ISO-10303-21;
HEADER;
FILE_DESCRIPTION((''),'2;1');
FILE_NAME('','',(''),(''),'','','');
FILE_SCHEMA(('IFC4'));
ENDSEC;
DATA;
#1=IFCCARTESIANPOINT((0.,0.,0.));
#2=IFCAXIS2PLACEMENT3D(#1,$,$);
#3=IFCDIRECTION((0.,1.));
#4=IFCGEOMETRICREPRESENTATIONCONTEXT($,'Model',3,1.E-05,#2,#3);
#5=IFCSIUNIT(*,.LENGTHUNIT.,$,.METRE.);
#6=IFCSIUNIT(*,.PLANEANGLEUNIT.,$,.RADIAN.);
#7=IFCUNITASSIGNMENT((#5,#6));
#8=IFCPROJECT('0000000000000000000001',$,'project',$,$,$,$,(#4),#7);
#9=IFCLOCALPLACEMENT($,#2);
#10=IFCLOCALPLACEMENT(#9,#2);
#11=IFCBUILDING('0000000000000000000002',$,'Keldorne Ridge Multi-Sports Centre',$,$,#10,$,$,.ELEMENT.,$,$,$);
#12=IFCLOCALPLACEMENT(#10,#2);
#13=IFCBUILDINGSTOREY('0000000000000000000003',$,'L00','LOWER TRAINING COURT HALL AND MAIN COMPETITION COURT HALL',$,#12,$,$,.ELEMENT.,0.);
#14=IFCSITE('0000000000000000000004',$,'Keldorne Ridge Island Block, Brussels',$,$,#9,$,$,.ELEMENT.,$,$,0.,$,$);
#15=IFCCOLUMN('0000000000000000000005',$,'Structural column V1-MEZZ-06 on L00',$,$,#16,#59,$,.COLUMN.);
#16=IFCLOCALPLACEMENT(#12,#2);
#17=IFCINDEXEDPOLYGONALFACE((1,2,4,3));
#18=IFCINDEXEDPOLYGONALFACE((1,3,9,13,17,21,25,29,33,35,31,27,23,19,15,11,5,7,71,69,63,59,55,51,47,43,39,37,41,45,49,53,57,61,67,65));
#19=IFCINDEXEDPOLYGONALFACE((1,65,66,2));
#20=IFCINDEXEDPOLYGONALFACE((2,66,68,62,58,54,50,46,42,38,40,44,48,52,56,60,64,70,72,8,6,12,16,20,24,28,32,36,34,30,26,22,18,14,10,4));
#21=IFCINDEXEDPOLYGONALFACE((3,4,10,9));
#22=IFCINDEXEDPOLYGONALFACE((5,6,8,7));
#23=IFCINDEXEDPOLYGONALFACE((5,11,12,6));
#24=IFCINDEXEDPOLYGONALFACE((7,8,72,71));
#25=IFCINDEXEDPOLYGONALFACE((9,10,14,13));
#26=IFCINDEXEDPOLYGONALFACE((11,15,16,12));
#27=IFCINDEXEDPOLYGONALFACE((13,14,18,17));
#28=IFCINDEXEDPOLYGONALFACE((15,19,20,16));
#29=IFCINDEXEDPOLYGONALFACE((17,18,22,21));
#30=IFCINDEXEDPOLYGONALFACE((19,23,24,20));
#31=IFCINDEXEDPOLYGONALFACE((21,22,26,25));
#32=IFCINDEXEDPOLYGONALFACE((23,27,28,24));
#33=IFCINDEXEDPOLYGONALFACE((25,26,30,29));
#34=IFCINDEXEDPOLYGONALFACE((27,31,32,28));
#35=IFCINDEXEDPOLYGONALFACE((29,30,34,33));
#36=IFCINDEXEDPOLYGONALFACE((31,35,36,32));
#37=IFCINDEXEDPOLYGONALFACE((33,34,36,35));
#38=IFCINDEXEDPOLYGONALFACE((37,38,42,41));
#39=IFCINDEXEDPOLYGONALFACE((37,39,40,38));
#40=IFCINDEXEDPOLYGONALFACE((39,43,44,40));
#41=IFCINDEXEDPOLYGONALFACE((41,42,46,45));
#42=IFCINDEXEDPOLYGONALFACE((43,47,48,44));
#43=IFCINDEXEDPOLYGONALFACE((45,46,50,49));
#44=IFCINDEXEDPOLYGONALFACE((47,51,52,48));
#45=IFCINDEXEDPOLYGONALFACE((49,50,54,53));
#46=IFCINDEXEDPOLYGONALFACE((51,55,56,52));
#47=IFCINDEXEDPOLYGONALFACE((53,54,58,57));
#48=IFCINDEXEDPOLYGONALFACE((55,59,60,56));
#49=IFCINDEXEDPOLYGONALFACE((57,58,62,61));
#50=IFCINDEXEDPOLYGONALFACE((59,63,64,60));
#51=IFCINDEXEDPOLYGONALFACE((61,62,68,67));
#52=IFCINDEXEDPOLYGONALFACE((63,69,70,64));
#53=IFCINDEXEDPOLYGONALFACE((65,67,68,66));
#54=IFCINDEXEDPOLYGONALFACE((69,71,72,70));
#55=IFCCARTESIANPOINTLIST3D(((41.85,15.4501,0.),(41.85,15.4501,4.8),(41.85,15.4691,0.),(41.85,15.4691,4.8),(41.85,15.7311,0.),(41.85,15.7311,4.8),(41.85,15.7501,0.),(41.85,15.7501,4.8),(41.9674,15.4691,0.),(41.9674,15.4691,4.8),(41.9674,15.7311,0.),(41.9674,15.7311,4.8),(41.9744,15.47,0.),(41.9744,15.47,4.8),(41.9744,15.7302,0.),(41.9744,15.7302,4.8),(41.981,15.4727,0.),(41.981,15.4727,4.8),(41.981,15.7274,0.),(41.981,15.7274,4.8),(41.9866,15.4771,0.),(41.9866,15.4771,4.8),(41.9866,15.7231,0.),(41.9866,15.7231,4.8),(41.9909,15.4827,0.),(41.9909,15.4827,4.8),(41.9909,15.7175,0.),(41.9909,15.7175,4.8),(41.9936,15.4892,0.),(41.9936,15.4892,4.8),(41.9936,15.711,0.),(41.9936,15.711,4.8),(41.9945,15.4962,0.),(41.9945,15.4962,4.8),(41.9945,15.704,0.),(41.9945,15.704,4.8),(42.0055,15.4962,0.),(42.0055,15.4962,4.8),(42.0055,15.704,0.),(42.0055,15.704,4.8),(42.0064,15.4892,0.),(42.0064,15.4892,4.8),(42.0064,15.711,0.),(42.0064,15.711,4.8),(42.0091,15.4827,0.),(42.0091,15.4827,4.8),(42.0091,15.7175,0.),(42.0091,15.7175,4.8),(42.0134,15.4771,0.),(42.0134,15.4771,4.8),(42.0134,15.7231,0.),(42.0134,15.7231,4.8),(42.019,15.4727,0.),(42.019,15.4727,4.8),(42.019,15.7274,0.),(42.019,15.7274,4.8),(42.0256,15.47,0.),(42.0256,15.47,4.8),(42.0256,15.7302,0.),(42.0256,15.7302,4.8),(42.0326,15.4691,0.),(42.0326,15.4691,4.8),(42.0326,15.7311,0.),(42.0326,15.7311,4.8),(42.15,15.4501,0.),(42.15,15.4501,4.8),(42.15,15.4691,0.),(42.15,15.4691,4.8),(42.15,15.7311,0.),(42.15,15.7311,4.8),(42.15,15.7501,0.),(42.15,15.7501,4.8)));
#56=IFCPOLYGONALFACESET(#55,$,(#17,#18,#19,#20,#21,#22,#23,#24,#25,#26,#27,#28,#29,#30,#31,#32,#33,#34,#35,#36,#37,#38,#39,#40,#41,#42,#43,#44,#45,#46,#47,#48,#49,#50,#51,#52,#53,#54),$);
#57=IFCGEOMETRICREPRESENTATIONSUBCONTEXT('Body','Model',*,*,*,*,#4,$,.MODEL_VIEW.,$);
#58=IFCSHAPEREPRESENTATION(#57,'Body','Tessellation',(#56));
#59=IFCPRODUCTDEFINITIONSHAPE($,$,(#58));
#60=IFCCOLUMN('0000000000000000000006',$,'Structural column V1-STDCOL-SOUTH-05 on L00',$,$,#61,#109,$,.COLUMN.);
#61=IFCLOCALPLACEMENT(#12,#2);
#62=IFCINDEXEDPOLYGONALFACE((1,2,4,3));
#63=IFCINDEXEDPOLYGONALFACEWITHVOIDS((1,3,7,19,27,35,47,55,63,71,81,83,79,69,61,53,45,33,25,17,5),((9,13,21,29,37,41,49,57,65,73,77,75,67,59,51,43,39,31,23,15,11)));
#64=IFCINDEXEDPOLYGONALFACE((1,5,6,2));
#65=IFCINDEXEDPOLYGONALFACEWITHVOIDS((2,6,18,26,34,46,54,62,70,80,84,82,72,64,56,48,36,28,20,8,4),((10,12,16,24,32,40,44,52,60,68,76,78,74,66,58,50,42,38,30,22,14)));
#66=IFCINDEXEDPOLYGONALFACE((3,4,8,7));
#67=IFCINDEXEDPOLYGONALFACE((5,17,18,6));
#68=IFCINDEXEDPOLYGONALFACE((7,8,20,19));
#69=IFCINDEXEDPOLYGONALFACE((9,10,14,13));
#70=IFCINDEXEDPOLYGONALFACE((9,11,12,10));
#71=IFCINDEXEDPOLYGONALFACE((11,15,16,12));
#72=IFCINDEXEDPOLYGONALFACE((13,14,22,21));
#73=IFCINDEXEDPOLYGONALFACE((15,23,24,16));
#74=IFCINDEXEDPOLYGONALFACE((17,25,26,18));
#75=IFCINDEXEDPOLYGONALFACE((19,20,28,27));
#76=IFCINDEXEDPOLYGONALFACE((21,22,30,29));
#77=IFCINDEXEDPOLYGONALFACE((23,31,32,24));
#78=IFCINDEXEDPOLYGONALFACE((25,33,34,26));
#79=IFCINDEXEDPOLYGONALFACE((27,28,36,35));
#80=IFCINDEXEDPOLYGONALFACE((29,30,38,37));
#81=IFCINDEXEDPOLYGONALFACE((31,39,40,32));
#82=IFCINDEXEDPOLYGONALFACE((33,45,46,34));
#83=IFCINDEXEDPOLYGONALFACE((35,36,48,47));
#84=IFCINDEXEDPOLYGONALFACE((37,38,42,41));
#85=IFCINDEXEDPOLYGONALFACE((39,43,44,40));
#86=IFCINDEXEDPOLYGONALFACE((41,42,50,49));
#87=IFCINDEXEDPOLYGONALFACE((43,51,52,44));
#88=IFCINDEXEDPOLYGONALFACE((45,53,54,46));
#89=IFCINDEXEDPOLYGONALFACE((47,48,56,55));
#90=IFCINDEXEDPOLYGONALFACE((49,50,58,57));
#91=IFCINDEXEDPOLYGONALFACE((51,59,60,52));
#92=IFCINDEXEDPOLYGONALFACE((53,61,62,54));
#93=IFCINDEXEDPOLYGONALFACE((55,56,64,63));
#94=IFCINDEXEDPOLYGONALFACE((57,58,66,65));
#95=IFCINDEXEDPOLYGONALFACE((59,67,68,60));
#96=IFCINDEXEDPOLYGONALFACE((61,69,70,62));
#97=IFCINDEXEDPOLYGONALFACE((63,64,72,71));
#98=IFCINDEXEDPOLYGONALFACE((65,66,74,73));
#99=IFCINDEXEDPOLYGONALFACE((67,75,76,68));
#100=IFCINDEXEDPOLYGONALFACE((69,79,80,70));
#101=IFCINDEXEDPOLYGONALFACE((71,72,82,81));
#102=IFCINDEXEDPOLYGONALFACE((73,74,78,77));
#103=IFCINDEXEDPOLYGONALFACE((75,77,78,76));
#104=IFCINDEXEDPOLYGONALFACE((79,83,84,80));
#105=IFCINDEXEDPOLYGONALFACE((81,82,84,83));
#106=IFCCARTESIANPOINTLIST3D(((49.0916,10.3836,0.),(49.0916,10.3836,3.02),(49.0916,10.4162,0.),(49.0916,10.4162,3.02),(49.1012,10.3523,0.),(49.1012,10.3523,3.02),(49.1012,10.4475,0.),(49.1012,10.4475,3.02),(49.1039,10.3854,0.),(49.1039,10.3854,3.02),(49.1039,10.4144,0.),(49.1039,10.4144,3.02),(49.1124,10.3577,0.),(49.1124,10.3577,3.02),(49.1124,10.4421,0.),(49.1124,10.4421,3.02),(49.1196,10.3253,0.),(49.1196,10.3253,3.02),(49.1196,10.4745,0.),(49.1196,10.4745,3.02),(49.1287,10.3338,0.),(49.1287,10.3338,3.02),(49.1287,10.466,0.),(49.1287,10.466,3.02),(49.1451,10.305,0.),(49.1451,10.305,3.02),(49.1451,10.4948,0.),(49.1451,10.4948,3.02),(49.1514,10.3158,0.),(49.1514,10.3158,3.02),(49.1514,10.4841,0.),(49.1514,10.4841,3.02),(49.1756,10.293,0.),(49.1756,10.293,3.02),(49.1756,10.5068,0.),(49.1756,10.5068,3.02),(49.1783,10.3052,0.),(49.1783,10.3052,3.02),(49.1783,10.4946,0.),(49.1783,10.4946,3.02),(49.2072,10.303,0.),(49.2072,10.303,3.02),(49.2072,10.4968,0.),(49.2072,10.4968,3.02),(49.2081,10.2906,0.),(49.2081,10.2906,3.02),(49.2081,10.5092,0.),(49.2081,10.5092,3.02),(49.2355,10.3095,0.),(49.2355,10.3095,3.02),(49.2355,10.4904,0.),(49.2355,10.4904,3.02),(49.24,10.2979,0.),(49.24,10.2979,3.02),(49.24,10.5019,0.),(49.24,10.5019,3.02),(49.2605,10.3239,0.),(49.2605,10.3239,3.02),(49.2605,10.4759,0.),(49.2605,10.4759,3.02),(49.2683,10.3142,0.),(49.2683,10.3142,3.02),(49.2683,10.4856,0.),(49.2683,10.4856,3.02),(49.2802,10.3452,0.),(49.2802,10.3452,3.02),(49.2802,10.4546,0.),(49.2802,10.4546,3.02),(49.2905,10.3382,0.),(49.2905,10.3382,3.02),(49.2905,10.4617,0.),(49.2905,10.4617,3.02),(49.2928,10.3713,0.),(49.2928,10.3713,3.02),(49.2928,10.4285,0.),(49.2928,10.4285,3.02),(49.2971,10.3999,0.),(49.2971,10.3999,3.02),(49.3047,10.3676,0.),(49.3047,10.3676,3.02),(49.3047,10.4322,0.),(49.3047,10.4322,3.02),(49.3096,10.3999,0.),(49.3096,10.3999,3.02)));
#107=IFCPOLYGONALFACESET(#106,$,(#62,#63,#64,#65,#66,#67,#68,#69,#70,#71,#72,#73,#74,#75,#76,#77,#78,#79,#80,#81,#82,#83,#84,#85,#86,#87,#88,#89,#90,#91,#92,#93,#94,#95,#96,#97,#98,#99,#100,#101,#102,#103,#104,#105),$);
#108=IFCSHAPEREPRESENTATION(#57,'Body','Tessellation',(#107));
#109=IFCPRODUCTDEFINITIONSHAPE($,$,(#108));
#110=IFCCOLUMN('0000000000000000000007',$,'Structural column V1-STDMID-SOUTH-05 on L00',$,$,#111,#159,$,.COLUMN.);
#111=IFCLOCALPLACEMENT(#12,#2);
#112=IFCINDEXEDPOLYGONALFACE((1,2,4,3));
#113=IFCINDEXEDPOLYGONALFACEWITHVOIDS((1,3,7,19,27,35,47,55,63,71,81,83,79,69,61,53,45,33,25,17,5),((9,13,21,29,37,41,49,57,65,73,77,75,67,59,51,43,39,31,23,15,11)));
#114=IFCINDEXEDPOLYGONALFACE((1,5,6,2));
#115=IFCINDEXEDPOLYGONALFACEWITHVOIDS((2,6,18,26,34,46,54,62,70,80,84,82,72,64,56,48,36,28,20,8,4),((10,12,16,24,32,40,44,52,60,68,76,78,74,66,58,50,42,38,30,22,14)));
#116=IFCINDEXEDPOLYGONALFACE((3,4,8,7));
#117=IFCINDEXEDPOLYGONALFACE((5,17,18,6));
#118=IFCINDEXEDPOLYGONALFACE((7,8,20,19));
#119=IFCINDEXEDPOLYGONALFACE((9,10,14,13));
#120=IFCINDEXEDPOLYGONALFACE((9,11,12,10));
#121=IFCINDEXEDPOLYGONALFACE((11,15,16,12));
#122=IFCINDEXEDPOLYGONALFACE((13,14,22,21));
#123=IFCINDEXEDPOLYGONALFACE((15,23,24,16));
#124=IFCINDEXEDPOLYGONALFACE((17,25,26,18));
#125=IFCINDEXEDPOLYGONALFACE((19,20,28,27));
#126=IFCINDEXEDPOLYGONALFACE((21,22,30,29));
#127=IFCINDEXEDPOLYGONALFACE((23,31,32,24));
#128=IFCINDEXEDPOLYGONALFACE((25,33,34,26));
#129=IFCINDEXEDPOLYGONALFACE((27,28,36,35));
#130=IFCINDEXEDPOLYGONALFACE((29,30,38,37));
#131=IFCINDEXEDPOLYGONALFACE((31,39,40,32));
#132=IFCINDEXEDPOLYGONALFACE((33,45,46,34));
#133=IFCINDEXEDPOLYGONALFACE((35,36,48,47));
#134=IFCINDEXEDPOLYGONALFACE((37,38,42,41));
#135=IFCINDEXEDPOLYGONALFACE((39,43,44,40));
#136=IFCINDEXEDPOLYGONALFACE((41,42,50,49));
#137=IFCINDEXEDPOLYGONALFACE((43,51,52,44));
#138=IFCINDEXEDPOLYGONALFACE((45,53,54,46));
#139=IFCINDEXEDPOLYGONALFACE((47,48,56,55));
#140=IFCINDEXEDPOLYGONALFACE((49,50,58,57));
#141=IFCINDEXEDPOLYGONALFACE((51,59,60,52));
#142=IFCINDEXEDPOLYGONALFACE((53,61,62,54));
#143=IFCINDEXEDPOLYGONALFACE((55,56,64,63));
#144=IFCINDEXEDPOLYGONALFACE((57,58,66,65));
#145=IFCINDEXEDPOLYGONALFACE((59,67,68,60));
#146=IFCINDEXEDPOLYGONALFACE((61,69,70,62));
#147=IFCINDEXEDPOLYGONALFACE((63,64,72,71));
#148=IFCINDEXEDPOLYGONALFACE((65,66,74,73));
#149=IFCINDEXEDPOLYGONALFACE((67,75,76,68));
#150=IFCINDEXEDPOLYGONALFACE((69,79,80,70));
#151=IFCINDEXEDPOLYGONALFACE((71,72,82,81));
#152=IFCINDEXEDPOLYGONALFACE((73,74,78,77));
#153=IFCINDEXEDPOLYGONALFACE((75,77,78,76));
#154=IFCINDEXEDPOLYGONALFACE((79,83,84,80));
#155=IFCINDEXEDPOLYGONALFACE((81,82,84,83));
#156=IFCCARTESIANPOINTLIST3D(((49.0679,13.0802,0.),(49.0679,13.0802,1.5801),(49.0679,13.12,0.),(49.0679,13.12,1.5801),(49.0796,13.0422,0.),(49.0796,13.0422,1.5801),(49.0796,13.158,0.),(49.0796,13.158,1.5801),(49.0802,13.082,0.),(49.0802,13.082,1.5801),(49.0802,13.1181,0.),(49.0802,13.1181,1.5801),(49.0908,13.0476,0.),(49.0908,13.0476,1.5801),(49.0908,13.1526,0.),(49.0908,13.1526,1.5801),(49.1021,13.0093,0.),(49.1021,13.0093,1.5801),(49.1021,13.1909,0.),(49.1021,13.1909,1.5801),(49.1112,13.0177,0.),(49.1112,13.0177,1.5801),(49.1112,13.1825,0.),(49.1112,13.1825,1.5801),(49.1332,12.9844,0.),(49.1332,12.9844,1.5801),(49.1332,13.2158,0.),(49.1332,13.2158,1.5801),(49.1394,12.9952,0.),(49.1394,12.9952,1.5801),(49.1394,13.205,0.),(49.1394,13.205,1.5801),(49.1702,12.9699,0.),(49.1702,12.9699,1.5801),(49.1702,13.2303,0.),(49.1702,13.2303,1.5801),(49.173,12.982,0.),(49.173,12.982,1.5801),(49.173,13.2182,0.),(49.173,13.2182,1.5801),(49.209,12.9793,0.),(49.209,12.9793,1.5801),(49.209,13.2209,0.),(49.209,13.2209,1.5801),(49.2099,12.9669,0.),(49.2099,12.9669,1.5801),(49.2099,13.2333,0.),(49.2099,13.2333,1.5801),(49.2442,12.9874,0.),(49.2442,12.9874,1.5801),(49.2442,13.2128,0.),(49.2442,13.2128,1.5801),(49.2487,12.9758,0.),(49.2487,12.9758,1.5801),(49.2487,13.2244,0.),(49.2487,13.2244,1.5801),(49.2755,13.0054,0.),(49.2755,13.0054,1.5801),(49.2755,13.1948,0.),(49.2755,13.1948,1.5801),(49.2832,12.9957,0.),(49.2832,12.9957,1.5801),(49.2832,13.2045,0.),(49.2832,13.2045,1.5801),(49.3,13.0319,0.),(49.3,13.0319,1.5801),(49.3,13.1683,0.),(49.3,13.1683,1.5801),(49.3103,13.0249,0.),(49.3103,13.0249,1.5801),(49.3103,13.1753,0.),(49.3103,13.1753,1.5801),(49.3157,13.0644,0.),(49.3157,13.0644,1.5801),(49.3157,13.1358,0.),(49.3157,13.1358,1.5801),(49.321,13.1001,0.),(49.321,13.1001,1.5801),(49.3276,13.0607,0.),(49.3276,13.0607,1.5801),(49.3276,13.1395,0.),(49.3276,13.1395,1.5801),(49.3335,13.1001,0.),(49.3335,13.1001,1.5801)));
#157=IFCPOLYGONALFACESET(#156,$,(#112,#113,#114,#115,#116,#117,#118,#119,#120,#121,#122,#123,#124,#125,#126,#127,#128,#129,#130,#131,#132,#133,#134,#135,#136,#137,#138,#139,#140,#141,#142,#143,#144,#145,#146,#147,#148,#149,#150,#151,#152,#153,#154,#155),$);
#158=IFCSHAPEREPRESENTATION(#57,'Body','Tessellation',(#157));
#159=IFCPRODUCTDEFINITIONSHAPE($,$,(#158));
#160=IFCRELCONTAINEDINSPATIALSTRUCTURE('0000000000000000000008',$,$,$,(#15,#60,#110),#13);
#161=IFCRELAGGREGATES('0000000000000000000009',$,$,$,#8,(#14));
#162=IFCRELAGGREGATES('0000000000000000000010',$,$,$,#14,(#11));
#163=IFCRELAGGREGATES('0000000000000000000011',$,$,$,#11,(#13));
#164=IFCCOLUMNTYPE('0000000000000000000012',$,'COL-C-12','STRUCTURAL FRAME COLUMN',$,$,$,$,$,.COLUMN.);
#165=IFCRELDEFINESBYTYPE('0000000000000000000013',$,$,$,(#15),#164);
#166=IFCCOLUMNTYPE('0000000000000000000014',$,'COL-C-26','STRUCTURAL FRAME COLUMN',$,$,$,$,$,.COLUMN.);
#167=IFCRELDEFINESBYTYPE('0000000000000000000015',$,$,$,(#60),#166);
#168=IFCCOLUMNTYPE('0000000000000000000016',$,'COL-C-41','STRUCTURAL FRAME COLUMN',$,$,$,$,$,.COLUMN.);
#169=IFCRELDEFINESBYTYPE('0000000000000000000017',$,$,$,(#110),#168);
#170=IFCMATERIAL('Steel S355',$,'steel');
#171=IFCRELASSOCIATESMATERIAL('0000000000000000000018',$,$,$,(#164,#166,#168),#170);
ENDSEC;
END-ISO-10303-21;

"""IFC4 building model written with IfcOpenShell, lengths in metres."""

from ifc_helpers import new_model, si_unit, direction, frame, origin, origin_2d, place, context, subcontext, project, spatial, hollow_circle, i_section, extrude, material, material_profile, profile_set, type_object, element, save


model = new_model("IFC4")

# Units and contexts
model_context = context("Model", 3, precision=1e-05, world=origin(), true_north=direction((0.0, 1.0)))
body_context = subcontext(model_context, "Body", "Model", "MODEL_VIEW")
ifc_project = project(units=[si_unit("LENGTHUNIT", "METRE"), si_unit("PLANEANGLEUNIT", "RADIAN")], contexts=[model_context])

# Site, building, storey
site_placement = place(None, origin())
site = spatial("IfcSite", under=ifc_project, at=site_placement, Name="Keldorne Ridge Island Block, Brussels", CompositionType="ELEMENT", RefElevation=0.0)
building_placement = place(site_placement, origin())
building = spatial("IfcBuilding", under=site, at=building_placement, Name="Keldorne Ridge Multi-Sports Centre", CompositionType="ELEMENT")
storey_placement = place(building_placement, origin())
storey = spatial("IfcBuildingStorey", under=building, at=storey_placement, Name="L00", Description="LOWER TRAINING COURT HALL AND MAIN COMPETITION COURT HALL", CompositionType="ELEMENT", Elevation=0.0)

# Columns
ifc_material_1 = material(Name="Steel S355", Category="steel")
ifc_material_profile_1 = material_profile(ifc_material_1, i_section(OverallWidth=0.3, OverallDepth=0.3, WebThickness=0.011, FlangeThickness=0.019, FilletRadius=0.0271, at=origin_2d()), Name="HEB 300")
ifc_profile_set_1 = profile_set([ifc_material_profile_1], Name="Steel S355")
column_type_1 = type_object("IfcColumnType", Name="COL-C-12", Description="STRUCTURAL FRAME COLUMN", PredefinedType="COLUMN", material=ifc_profile_set_1)
column_1_placement = place(storey_placement, frame((42.0, 15.6001, 0.0), z_axis=(0.0, 0.0, 1.0), x_axis=(1.0, 0.0, 0.0)))
element("IfcColumn", 1, at=column_1_placement, inside=storey, type_object=column_type_1, Name="Structural column V1-MEZZ-06 on L00", PredefinedType="COLUMN", context=body_context, shape_type="SweptSolid", body=[
    extrude(i_section(OverallWidth=0.3, OverallDepth=0.3, WebThickness=0.011, FlangeThickness=0.019, FilletRadius=0.0271, at=origin_2d()), origin(), (0.0, 0.0, 1.0), 4.8),
])
ifc_material_profile_2 = material_profile(ifc_material_1, hollow_circle(Radius=0.1096, WallThickness=0.0125, at=origin_2d()), Name="CHS 219.1x12.5")
ifc_profile_set_2 = profile_set([ifc_material_profile_2], Name="Steel S355")
column_type_2 = type_object("IfcColumnType", Name="COL-C-26", Description="STRUCTURAL FRAME COLUMN", PredefinedType="COLUMN", material=ifc_profile_set_2)
column_2_placement = place(storey_placement, frame((49.2, 10.3999, 0.0), z_axis=(0.0, 0.0, 1.0), x_axis=(1.0, 0.0, 0.0)))
element("IfcColumn", 2, at=column_2_placement, inside=storey, type_object=column_type_2, Name="Structural column V1-STDCOL-SOUTH-05 on L00", PredefinedType="COLUMN", context=body_context, shape_type="SweptSolid", body=[
    extrude(hollow_circle(Radius=0.1096, WallThickness=0.0125, at=origin_2d()), origin(), (0.0, 0.0, 1.0), 3.02),
])
ifc_material_profile_3 = material_profile(ifc_material_1, hollow_circle(Radius=0.1335, WallThickness=0.0125, at=origin_2d()), Name="CHS 267x12.5")
ifc_profile_set_3 = profile_set([ifc_material_profile_3], Name="Steel S355")
column_type_3 = type_object("IfcColumnType", Name="COL-C-41", Description="STRUCTURAL FRAME COLUMN", PredefinedType="COLUMN", material=ifc_profile_set_3)
column_3_placement = place(storey_placement, frame((49.2, 13.1001, 0.0), z_axis=(0.0, 0.0, 1.0), x_axis=(1.0, 0.0, 0.0)))
element("IfcColumn", 3, at=column_3_placement, inside=storey, type_object=column_type_3, Name="Structural column V1-STDMID-SOUTH-05 on L00", PredefinedType="COLUMN", context=body_context, shape_type="SweptSolid", body=[
    extrude(hollow_circle(Radius=0.1335, WallThickness=0.0125, at=origin_2d()), origin(), (0.0, 0.0, 1.0), 1.5801),
])

save(model, "model.ifc")
